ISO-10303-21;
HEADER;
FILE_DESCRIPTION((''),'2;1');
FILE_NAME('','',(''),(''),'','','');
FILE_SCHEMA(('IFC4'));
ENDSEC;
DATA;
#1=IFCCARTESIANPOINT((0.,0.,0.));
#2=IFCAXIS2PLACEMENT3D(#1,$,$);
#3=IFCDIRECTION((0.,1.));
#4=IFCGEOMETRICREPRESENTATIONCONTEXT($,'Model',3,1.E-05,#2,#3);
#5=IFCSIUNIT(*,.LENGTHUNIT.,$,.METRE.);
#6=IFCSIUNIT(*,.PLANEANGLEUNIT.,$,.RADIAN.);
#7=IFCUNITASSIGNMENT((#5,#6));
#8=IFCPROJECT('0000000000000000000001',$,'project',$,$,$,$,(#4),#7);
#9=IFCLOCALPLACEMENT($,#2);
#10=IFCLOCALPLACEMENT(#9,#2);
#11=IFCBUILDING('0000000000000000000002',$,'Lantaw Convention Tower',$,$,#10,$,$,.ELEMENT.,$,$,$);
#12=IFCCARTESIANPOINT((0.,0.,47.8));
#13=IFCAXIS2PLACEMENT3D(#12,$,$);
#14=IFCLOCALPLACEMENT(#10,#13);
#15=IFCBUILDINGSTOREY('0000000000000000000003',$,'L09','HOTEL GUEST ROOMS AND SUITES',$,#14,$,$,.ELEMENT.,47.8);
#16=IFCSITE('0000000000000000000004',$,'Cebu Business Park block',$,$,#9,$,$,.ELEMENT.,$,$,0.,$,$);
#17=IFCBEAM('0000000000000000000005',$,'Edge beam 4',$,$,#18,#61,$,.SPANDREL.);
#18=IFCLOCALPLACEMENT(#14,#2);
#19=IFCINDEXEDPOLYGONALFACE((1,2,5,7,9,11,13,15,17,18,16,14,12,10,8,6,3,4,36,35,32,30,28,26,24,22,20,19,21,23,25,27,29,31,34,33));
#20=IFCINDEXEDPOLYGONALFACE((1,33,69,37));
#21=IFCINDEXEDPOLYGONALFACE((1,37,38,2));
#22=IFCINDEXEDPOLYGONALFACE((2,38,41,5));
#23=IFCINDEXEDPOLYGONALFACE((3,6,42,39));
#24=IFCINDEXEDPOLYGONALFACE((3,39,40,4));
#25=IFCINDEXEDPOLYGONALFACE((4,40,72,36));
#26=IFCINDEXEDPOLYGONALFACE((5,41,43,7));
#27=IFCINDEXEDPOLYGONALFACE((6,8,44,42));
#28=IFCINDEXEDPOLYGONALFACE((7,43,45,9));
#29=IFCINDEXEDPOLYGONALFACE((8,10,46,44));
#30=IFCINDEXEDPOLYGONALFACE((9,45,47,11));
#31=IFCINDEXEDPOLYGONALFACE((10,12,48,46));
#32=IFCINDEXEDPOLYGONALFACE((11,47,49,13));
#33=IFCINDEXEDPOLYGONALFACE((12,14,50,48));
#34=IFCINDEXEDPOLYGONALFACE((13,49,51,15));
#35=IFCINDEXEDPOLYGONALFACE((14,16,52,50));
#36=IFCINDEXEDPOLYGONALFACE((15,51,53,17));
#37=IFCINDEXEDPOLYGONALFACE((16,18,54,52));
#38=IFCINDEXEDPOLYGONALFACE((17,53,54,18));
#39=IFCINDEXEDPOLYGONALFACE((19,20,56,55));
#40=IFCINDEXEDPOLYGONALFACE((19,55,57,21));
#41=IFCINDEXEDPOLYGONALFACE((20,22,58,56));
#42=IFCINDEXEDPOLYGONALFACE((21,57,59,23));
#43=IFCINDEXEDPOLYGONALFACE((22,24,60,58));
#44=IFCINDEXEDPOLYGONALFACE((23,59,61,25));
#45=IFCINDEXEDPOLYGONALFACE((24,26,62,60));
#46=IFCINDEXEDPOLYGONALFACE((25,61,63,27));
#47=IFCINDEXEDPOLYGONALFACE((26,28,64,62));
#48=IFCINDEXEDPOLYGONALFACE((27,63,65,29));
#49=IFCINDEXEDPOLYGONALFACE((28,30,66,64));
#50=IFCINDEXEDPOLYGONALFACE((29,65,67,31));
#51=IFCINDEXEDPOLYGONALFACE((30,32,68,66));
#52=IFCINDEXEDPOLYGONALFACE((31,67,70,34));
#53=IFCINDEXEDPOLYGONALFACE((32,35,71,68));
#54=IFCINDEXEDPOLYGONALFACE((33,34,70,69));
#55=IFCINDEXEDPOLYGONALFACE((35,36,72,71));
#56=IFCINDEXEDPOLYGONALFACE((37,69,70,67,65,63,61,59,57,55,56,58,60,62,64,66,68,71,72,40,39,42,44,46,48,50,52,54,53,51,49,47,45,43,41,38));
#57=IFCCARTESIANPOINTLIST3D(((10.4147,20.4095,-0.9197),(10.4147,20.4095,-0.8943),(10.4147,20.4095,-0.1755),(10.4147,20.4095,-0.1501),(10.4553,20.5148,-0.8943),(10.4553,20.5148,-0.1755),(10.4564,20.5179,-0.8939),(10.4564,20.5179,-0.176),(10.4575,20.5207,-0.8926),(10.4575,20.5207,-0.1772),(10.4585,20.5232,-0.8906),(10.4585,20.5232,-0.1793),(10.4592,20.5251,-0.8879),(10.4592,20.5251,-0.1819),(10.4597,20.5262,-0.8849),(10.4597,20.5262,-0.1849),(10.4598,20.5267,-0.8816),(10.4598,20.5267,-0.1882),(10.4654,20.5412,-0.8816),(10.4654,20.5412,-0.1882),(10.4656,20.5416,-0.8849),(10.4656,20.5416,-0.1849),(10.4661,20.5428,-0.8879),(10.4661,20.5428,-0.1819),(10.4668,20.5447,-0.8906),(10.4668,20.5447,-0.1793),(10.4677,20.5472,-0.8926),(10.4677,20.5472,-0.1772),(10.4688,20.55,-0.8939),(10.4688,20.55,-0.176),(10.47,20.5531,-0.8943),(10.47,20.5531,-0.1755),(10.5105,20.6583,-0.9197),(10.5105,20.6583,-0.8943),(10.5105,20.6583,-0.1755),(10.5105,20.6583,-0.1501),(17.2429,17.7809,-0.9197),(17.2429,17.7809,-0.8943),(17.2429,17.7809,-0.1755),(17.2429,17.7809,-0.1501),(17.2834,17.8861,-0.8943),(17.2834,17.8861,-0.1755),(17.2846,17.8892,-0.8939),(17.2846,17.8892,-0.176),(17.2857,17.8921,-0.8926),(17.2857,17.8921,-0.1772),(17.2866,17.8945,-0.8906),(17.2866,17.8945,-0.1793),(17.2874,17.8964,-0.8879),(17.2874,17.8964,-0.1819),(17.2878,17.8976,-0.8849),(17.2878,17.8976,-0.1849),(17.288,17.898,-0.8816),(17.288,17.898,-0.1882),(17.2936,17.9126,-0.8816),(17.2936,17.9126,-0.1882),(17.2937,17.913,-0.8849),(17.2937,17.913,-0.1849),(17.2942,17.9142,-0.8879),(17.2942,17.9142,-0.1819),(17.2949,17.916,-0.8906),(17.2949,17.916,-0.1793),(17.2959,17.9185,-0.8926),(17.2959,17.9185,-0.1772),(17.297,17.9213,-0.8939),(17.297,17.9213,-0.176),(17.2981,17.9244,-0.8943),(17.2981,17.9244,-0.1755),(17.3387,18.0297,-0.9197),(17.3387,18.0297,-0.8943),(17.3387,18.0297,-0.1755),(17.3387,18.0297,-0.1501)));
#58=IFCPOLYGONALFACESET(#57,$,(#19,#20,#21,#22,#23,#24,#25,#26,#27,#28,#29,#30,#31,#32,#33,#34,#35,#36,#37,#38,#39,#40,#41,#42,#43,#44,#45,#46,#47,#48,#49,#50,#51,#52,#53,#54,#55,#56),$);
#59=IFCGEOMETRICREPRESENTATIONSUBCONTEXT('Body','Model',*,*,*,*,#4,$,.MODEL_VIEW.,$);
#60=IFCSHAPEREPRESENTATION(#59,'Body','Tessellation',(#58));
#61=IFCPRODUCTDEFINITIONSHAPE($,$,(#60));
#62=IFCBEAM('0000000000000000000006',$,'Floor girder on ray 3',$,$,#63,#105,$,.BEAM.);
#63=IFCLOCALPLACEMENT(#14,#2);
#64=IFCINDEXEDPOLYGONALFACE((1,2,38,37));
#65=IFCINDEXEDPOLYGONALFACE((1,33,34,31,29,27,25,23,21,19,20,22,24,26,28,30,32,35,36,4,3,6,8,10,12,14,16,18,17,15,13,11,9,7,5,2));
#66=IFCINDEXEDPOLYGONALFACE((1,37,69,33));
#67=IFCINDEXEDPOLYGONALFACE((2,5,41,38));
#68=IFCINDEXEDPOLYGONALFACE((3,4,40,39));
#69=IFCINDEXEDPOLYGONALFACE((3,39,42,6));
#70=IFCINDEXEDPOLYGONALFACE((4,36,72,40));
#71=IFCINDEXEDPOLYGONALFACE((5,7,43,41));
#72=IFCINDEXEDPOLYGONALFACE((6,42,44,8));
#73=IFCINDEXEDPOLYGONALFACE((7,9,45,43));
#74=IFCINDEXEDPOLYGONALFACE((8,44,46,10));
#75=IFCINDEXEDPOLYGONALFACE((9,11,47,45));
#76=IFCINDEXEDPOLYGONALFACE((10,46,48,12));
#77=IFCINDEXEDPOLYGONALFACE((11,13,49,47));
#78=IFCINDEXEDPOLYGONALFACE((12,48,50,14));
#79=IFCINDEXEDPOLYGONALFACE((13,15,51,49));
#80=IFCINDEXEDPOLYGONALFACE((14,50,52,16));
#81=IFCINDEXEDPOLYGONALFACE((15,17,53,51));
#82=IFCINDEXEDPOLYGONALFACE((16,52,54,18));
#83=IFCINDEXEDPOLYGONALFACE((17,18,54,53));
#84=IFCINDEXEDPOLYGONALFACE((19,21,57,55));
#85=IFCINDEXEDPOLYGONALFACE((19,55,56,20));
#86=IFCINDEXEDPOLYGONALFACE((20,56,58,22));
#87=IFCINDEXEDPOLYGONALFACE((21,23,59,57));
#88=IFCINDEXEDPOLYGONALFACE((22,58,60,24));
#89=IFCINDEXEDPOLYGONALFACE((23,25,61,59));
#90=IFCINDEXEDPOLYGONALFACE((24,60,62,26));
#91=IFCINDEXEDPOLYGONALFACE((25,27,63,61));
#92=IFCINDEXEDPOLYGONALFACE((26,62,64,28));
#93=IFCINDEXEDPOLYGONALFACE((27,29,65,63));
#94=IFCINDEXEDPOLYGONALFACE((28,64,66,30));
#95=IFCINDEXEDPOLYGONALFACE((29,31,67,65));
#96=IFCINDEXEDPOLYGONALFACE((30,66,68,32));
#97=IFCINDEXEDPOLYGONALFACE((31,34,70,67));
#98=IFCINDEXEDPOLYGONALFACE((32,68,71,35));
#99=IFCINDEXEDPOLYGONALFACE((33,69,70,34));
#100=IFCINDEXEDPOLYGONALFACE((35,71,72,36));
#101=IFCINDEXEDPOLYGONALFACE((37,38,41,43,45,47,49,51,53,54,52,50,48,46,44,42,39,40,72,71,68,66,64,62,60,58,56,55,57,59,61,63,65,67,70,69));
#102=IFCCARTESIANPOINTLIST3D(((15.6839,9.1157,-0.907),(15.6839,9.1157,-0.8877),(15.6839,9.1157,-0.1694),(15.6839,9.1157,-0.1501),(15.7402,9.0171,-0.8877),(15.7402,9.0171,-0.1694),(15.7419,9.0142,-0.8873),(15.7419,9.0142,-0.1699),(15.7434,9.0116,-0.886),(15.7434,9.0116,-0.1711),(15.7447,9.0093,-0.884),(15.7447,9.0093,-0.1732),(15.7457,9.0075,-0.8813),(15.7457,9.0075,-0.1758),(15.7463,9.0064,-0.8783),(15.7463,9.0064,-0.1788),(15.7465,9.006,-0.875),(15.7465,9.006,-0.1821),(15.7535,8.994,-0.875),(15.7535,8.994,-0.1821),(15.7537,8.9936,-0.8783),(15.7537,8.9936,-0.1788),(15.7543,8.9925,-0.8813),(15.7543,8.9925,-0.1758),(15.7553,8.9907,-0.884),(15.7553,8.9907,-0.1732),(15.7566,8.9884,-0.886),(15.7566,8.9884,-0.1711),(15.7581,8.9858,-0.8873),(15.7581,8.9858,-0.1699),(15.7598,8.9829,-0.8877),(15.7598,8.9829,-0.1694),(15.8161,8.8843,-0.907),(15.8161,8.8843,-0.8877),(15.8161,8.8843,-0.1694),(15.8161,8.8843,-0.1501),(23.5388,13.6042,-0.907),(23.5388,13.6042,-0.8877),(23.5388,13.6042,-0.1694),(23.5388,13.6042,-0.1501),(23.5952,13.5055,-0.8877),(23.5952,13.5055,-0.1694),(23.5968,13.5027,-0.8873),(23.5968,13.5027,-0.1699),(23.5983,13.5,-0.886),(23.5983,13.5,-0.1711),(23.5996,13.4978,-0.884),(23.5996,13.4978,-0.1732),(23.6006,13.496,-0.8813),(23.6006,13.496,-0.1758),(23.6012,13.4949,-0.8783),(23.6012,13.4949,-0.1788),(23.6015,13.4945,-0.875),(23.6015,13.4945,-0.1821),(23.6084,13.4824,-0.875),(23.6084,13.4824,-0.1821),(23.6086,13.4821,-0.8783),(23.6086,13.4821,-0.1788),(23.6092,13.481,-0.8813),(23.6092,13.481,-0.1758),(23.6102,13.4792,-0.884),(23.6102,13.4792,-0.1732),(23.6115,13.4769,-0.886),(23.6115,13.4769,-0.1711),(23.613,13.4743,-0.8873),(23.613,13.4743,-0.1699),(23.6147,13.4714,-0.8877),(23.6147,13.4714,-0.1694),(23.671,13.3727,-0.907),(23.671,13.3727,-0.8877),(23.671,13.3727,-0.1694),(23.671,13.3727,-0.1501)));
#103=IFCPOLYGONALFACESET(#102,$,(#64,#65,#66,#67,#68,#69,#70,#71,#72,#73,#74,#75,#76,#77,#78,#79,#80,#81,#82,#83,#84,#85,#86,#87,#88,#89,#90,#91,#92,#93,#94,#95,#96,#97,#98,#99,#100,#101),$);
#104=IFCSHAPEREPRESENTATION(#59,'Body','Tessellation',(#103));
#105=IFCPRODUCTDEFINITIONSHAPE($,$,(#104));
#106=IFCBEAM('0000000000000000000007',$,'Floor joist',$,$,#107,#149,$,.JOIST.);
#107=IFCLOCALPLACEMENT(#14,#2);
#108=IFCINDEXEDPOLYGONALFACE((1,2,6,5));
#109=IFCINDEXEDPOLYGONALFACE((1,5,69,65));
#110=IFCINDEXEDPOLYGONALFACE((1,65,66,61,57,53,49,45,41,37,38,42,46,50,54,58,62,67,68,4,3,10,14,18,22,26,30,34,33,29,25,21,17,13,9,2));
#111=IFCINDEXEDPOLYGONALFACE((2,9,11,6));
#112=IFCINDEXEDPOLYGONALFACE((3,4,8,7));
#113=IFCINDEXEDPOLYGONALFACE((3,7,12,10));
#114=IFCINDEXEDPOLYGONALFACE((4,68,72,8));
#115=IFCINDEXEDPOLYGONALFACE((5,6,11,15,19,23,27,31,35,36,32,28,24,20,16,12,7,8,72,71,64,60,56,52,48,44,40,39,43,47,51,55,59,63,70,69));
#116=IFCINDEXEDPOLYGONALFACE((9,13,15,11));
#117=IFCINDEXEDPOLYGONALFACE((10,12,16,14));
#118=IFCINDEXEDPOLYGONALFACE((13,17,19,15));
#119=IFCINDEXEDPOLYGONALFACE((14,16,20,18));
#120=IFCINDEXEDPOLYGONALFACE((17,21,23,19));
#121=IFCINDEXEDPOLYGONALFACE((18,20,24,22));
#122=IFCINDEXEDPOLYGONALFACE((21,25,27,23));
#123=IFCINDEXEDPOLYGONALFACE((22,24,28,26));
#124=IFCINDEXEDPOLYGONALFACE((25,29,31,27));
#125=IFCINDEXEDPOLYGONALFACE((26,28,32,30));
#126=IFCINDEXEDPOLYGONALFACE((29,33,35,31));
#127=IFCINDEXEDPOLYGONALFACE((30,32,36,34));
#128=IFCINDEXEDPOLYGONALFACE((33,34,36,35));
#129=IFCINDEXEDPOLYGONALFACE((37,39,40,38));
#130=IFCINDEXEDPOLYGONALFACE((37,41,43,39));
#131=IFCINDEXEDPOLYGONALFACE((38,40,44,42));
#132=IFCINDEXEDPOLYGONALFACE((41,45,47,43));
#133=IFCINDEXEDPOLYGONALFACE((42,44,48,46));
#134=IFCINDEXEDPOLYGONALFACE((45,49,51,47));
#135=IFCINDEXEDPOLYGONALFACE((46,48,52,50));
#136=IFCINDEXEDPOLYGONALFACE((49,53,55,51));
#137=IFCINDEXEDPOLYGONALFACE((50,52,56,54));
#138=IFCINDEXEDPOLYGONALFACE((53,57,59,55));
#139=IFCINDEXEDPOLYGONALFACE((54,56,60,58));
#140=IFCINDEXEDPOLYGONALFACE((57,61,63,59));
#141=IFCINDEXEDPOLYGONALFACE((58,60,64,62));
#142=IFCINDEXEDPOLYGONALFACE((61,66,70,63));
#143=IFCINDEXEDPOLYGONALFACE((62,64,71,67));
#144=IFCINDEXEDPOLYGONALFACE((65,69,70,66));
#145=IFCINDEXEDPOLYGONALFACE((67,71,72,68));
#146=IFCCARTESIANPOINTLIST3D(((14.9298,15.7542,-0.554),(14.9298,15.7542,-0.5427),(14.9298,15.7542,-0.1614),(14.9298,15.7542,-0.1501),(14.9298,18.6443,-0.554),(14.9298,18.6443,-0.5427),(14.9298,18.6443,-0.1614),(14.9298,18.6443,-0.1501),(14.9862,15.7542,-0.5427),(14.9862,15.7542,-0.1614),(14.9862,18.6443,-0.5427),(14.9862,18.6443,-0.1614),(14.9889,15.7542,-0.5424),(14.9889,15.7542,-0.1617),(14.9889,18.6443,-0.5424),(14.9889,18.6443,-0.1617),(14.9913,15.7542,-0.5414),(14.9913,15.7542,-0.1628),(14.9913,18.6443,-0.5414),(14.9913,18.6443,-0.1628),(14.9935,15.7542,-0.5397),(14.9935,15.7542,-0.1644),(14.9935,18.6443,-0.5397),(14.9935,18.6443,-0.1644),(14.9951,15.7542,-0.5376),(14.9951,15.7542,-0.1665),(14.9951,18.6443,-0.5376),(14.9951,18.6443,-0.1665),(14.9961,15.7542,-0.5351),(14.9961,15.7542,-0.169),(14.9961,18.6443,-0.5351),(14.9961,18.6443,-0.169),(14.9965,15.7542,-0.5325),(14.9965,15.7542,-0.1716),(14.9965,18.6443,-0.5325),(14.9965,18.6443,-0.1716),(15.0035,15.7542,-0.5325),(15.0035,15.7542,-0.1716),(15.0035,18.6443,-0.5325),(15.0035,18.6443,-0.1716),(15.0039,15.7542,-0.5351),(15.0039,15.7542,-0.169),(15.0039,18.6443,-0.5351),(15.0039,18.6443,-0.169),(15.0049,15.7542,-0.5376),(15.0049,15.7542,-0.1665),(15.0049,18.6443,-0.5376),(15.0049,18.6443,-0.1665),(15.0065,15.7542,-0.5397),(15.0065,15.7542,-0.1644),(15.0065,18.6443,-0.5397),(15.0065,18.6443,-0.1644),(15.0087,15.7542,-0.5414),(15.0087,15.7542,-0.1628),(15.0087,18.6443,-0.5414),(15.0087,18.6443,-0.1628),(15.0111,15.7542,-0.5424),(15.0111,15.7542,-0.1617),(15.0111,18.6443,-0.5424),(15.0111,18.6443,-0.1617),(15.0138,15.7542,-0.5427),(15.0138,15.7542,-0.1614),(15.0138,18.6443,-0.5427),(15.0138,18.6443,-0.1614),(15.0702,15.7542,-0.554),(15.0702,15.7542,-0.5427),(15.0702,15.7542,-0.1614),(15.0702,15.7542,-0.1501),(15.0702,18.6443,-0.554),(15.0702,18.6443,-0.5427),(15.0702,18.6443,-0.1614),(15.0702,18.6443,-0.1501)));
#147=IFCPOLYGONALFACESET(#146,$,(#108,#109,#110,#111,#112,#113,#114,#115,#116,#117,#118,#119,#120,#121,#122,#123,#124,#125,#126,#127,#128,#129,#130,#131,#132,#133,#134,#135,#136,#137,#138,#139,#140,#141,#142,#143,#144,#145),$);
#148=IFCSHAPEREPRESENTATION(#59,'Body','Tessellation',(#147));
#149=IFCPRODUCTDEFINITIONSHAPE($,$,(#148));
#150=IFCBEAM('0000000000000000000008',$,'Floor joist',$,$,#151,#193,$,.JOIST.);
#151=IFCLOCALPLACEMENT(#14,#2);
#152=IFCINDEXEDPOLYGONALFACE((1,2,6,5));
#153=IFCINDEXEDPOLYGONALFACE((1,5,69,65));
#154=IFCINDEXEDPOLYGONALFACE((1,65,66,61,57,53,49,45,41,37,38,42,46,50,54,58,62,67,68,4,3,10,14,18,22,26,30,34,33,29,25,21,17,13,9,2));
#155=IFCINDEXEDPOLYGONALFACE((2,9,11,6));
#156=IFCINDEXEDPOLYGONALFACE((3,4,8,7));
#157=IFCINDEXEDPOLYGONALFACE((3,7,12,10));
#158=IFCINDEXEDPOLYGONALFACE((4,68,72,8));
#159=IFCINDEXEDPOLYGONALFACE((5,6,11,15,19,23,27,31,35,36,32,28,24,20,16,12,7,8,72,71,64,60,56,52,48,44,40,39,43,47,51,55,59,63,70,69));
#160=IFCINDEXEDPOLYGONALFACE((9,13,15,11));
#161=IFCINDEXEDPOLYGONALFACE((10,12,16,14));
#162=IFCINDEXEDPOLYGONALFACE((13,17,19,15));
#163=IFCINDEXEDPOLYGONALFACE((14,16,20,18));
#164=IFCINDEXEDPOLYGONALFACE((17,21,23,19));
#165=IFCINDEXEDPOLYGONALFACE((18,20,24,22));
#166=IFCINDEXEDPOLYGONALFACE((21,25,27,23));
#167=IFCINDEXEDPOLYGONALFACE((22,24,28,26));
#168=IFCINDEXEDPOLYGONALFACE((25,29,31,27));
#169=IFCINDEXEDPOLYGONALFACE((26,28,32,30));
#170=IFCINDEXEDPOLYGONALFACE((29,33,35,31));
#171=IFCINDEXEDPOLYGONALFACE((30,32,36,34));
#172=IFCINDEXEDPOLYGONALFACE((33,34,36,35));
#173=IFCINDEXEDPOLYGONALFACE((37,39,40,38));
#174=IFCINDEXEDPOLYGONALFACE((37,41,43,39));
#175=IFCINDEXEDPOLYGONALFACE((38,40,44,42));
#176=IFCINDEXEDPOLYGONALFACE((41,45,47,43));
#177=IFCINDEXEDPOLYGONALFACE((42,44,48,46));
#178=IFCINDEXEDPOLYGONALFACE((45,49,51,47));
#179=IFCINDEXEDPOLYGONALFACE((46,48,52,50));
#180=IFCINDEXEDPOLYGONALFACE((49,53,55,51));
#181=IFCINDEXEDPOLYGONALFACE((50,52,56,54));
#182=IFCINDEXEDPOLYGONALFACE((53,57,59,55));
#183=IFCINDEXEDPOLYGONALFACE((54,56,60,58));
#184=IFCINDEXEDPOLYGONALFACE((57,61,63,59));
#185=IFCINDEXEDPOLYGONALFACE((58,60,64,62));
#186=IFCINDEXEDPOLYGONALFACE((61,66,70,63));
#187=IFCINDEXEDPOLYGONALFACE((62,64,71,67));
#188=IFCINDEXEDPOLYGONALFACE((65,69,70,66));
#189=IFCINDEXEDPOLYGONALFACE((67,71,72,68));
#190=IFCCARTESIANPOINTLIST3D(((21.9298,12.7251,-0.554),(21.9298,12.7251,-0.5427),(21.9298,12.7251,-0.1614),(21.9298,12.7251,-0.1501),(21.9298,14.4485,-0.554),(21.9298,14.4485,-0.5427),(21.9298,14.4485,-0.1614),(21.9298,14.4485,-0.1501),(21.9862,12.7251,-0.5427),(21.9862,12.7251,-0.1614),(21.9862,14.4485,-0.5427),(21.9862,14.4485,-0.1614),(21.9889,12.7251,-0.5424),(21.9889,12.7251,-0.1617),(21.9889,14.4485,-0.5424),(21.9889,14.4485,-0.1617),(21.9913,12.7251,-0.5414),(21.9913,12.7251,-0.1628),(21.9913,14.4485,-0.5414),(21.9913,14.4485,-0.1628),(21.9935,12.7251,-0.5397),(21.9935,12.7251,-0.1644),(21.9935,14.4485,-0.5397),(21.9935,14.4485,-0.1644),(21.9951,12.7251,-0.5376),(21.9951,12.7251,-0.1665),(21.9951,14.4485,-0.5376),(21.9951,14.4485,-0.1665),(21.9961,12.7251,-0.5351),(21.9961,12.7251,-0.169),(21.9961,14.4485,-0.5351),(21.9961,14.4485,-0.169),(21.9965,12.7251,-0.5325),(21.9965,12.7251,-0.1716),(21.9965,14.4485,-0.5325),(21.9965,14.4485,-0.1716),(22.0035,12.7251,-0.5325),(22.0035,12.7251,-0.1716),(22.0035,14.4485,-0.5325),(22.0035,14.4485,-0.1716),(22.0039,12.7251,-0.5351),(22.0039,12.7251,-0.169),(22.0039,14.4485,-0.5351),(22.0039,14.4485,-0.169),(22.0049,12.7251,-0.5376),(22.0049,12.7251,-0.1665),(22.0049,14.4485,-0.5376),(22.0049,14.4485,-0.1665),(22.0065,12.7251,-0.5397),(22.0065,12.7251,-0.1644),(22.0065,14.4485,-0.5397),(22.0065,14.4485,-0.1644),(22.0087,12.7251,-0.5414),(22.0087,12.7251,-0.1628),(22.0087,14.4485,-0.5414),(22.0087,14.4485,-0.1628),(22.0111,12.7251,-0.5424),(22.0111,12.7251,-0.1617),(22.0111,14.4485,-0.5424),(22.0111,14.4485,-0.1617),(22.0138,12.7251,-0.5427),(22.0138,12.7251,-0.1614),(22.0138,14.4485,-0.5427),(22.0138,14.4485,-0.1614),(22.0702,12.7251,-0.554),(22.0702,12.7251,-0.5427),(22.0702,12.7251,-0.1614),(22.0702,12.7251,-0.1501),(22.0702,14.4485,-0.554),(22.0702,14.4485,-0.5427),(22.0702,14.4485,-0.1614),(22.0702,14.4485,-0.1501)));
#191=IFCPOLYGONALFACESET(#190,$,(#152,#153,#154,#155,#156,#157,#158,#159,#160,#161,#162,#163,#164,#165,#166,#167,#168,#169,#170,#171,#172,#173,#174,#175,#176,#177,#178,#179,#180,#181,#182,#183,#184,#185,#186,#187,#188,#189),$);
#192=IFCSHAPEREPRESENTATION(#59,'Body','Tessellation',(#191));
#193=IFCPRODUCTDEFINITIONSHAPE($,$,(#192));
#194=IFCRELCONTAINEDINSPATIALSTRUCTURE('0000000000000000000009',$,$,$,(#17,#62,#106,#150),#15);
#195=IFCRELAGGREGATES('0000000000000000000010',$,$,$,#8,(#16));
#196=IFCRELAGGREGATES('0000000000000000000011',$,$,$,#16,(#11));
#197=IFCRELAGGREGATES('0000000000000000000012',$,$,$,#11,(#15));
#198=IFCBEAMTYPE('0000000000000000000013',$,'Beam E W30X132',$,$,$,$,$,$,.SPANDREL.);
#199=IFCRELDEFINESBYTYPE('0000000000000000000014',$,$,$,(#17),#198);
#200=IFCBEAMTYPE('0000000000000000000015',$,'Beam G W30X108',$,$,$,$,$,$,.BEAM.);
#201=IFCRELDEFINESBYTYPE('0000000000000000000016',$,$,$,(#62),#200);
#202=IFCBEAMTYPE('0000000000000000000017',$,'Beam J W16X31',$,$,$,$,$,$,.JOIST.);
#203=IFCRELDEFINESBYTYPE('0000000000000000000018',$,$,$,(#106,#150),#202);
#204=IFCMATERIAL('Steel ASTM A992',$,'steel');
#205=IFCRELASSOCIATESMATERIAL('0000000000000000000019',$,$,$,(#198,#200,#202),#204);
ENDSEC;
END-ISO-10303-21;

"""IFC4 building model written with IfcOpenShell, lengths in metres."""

from ifc_helpers import new_model, si_unit, direction, frame, origin, origin_2d, place, context, subcontext, project, spatial, i_section, extrude, material, material_profile, profile_set, type_object, element, save


model = new_model("IFC4")

# Units and contexts
model_context = context("Model", 3, precision=1e-05, world=origin(), true_north=direction((0.0, 1.0)))
body_context = subcontext(model_context, "Body", "Model", "MODEL_VIEW")
ifc_project = project(units=[si_unit("LENGTHUNIT", "METRE"), si_unit("PLANEANGLEUNIT", "RADIAN")], contexts=[model_context])

# Site, building, storey
site_placement = place(None, origin())
site = spatial("IfcSite", under=ifc_project, at=site_placement, Name="Cebu Business Park block", CompositionType="ELEMENT", RefElevation=0.0)
building_placement = place(site_placement, origin())
building = spatial("IfcBuilding", under=site, at=building_placement, Name="Lantaw Convention Tower", CompositionType="ELEMENT")
storey_placement = place(building_placement, frame((0.0, 0.0, 47.8)))
storey = spatial("IfcBuildingStorey", under=building, at=storey_placement, Name="L09", Description="HOTEL GUEST ROOMS AND SUITES", CompositionType="ELEMENT", Elevation=47.8)

# Beams
ifc_material_1 = material(Name="Steel ASTM A992", Category="steel")
ifc_material_profile_1 = material_profile(ifc_material_1, i_section(OverallWidth=0.2666, OverallDepth=0.7695, WebThickness=0.0156, FlangeThickness=0.0254, FilletRadius=0.0127, at=origin_2d()), Name="W30X132")
ifc_profile_set_1 = profile_set([ifc_material_profile_1], Name="Steel ASTM A992")
beam_type_1 = type_object("IfcBeamType", Name="Beam E W30X132", PredefinedType="SPANDREL", material=ifc_profile_set_1)
beam_1_placement = place(storey_placement, frame((17.2908, 17.9053, -0.5349), z_axis=(-0.933233, 0.359272, 0.0), x_axis=(-0.359272, -0.933233, 0.0)))
element("IfcBeam", 1, at=beam_1_placement, inside=storey, type_object=beam_type_1, Name="Edge beam 4", PredefinedType="SPANDREL", context=body_context, shape_type="SweptSolid", body=[
    extrude(i_section(OverallWidth=0.2666, OverallDepth=0.7695, WebThickness=0.0156, FlangeThickness=0.0254, FilletRadius=0.0127, at=origin_2d()), origin(), (0.0, 0.0, 1.0), 7.3167),
])
ifc_material_profile_2 = material_profile(ifc_material_1, i_section(OverallWidth=0.2666, OverallDepth=0.7568, WebThickness=0.0139, FlangeThickness=0.0193, FilletRadius=0.0127, at=origin_2d()), Name="W30X108")
ifc_profile_set_2 = profile_set([ifc_material_profile_2], Name="Steel ASTM A992")
beam_type_2 = type_object("IfcBeamType", Name="Beam G W30X108", PredefinedType="BEAM", material=ifc_profile_set_2)
beam_2_placement = place(storey_placement, frame((15.75, 9.0, -0.5286), z_axis=(0.868245, 0.496136, 0.0), x_axis=(-0.496136, 0.868245, 0.0)))
element("IfcBeam", 2, at=beam_2_placement, inside=storey, type_object=beam_type_2, Name="Floor girder on ray 3", PredefinedType="BEAM", context=body_context, shape_type="SweptSolid", body=[
    extrude(i_section(OverallWidth=0.2666, OverallDepth=0.7568, WebThickness=0.0139, FlangeThickness=0.0193, FilletRadius=0.0127, at=origin_2d()), origin(), (0.0, 0.0, 1.0), 9.0469),
])
ifc_material_profile_3 = material_profile(ifc_material_1, i_section(OverallWidth=0.1404, OverallDepth=0.4038, WebThickness=0.0071, FlangeThickness=0.0112, FilletRadius=0.0103, at=origin_2d()), Name="W16X31")
ifc_profile_set_3 = profile_set([ifc_material_profile_3], Name="Steel ASTM A992")
beam_type_3 = type_object("IfcBeamType", Name="Beam J W16X31", PredefinedType="JOIST", material=ifc_profile_set_3)
beam_3_placement = place(storey_placement, frame((15.0, 15.7542, -0.3521), z_axis=(0.0, 1.0, 0.0), x_axis=(-1.0, 0.0, 0.0)))
element("IfcBeam", 3, at=beam_3_placement, inside=storey, type_object=beam_type_3, Name="Floor joist", PredefinedType="JOIST", context=body_context, shape_type="SweptSolid", body=[
    extrude(i_section(OverallWidth=0.1404, OverallDepth=0.4038, WebThickness=0.0071, FlangeThickness=0.0112, FilletRadius=0.0103, at=origin_2d()), origin(), (0.0, 0.0, 1.0), 2.8901),
])
beam_4_placement = place(storey_placement, frame((22.0, 12.7251, -0.3521), z_axis=(0.0, 1.0, 0.0), x_axis=(-1.0, 0.0, 0.0)))
element("IfcBeam", 4, at=beam_4_placement, inside=storey, type_object=beam_type_3, Name="Floor joist", PredefinedType="JOIST", context=body_context, shape_type="SweptSolid", body=[
    extrude(i_section(OverallWidth=0.1404, OverallDepth=0.4038, WebThickness=0.0071, FlangeThickness=0.0112, FilletRadius=0.0103, at=origin_2d()), origin(), (0.0, 0.0, 1.0), 1.7234),
])

save(model, "model.ifc")
